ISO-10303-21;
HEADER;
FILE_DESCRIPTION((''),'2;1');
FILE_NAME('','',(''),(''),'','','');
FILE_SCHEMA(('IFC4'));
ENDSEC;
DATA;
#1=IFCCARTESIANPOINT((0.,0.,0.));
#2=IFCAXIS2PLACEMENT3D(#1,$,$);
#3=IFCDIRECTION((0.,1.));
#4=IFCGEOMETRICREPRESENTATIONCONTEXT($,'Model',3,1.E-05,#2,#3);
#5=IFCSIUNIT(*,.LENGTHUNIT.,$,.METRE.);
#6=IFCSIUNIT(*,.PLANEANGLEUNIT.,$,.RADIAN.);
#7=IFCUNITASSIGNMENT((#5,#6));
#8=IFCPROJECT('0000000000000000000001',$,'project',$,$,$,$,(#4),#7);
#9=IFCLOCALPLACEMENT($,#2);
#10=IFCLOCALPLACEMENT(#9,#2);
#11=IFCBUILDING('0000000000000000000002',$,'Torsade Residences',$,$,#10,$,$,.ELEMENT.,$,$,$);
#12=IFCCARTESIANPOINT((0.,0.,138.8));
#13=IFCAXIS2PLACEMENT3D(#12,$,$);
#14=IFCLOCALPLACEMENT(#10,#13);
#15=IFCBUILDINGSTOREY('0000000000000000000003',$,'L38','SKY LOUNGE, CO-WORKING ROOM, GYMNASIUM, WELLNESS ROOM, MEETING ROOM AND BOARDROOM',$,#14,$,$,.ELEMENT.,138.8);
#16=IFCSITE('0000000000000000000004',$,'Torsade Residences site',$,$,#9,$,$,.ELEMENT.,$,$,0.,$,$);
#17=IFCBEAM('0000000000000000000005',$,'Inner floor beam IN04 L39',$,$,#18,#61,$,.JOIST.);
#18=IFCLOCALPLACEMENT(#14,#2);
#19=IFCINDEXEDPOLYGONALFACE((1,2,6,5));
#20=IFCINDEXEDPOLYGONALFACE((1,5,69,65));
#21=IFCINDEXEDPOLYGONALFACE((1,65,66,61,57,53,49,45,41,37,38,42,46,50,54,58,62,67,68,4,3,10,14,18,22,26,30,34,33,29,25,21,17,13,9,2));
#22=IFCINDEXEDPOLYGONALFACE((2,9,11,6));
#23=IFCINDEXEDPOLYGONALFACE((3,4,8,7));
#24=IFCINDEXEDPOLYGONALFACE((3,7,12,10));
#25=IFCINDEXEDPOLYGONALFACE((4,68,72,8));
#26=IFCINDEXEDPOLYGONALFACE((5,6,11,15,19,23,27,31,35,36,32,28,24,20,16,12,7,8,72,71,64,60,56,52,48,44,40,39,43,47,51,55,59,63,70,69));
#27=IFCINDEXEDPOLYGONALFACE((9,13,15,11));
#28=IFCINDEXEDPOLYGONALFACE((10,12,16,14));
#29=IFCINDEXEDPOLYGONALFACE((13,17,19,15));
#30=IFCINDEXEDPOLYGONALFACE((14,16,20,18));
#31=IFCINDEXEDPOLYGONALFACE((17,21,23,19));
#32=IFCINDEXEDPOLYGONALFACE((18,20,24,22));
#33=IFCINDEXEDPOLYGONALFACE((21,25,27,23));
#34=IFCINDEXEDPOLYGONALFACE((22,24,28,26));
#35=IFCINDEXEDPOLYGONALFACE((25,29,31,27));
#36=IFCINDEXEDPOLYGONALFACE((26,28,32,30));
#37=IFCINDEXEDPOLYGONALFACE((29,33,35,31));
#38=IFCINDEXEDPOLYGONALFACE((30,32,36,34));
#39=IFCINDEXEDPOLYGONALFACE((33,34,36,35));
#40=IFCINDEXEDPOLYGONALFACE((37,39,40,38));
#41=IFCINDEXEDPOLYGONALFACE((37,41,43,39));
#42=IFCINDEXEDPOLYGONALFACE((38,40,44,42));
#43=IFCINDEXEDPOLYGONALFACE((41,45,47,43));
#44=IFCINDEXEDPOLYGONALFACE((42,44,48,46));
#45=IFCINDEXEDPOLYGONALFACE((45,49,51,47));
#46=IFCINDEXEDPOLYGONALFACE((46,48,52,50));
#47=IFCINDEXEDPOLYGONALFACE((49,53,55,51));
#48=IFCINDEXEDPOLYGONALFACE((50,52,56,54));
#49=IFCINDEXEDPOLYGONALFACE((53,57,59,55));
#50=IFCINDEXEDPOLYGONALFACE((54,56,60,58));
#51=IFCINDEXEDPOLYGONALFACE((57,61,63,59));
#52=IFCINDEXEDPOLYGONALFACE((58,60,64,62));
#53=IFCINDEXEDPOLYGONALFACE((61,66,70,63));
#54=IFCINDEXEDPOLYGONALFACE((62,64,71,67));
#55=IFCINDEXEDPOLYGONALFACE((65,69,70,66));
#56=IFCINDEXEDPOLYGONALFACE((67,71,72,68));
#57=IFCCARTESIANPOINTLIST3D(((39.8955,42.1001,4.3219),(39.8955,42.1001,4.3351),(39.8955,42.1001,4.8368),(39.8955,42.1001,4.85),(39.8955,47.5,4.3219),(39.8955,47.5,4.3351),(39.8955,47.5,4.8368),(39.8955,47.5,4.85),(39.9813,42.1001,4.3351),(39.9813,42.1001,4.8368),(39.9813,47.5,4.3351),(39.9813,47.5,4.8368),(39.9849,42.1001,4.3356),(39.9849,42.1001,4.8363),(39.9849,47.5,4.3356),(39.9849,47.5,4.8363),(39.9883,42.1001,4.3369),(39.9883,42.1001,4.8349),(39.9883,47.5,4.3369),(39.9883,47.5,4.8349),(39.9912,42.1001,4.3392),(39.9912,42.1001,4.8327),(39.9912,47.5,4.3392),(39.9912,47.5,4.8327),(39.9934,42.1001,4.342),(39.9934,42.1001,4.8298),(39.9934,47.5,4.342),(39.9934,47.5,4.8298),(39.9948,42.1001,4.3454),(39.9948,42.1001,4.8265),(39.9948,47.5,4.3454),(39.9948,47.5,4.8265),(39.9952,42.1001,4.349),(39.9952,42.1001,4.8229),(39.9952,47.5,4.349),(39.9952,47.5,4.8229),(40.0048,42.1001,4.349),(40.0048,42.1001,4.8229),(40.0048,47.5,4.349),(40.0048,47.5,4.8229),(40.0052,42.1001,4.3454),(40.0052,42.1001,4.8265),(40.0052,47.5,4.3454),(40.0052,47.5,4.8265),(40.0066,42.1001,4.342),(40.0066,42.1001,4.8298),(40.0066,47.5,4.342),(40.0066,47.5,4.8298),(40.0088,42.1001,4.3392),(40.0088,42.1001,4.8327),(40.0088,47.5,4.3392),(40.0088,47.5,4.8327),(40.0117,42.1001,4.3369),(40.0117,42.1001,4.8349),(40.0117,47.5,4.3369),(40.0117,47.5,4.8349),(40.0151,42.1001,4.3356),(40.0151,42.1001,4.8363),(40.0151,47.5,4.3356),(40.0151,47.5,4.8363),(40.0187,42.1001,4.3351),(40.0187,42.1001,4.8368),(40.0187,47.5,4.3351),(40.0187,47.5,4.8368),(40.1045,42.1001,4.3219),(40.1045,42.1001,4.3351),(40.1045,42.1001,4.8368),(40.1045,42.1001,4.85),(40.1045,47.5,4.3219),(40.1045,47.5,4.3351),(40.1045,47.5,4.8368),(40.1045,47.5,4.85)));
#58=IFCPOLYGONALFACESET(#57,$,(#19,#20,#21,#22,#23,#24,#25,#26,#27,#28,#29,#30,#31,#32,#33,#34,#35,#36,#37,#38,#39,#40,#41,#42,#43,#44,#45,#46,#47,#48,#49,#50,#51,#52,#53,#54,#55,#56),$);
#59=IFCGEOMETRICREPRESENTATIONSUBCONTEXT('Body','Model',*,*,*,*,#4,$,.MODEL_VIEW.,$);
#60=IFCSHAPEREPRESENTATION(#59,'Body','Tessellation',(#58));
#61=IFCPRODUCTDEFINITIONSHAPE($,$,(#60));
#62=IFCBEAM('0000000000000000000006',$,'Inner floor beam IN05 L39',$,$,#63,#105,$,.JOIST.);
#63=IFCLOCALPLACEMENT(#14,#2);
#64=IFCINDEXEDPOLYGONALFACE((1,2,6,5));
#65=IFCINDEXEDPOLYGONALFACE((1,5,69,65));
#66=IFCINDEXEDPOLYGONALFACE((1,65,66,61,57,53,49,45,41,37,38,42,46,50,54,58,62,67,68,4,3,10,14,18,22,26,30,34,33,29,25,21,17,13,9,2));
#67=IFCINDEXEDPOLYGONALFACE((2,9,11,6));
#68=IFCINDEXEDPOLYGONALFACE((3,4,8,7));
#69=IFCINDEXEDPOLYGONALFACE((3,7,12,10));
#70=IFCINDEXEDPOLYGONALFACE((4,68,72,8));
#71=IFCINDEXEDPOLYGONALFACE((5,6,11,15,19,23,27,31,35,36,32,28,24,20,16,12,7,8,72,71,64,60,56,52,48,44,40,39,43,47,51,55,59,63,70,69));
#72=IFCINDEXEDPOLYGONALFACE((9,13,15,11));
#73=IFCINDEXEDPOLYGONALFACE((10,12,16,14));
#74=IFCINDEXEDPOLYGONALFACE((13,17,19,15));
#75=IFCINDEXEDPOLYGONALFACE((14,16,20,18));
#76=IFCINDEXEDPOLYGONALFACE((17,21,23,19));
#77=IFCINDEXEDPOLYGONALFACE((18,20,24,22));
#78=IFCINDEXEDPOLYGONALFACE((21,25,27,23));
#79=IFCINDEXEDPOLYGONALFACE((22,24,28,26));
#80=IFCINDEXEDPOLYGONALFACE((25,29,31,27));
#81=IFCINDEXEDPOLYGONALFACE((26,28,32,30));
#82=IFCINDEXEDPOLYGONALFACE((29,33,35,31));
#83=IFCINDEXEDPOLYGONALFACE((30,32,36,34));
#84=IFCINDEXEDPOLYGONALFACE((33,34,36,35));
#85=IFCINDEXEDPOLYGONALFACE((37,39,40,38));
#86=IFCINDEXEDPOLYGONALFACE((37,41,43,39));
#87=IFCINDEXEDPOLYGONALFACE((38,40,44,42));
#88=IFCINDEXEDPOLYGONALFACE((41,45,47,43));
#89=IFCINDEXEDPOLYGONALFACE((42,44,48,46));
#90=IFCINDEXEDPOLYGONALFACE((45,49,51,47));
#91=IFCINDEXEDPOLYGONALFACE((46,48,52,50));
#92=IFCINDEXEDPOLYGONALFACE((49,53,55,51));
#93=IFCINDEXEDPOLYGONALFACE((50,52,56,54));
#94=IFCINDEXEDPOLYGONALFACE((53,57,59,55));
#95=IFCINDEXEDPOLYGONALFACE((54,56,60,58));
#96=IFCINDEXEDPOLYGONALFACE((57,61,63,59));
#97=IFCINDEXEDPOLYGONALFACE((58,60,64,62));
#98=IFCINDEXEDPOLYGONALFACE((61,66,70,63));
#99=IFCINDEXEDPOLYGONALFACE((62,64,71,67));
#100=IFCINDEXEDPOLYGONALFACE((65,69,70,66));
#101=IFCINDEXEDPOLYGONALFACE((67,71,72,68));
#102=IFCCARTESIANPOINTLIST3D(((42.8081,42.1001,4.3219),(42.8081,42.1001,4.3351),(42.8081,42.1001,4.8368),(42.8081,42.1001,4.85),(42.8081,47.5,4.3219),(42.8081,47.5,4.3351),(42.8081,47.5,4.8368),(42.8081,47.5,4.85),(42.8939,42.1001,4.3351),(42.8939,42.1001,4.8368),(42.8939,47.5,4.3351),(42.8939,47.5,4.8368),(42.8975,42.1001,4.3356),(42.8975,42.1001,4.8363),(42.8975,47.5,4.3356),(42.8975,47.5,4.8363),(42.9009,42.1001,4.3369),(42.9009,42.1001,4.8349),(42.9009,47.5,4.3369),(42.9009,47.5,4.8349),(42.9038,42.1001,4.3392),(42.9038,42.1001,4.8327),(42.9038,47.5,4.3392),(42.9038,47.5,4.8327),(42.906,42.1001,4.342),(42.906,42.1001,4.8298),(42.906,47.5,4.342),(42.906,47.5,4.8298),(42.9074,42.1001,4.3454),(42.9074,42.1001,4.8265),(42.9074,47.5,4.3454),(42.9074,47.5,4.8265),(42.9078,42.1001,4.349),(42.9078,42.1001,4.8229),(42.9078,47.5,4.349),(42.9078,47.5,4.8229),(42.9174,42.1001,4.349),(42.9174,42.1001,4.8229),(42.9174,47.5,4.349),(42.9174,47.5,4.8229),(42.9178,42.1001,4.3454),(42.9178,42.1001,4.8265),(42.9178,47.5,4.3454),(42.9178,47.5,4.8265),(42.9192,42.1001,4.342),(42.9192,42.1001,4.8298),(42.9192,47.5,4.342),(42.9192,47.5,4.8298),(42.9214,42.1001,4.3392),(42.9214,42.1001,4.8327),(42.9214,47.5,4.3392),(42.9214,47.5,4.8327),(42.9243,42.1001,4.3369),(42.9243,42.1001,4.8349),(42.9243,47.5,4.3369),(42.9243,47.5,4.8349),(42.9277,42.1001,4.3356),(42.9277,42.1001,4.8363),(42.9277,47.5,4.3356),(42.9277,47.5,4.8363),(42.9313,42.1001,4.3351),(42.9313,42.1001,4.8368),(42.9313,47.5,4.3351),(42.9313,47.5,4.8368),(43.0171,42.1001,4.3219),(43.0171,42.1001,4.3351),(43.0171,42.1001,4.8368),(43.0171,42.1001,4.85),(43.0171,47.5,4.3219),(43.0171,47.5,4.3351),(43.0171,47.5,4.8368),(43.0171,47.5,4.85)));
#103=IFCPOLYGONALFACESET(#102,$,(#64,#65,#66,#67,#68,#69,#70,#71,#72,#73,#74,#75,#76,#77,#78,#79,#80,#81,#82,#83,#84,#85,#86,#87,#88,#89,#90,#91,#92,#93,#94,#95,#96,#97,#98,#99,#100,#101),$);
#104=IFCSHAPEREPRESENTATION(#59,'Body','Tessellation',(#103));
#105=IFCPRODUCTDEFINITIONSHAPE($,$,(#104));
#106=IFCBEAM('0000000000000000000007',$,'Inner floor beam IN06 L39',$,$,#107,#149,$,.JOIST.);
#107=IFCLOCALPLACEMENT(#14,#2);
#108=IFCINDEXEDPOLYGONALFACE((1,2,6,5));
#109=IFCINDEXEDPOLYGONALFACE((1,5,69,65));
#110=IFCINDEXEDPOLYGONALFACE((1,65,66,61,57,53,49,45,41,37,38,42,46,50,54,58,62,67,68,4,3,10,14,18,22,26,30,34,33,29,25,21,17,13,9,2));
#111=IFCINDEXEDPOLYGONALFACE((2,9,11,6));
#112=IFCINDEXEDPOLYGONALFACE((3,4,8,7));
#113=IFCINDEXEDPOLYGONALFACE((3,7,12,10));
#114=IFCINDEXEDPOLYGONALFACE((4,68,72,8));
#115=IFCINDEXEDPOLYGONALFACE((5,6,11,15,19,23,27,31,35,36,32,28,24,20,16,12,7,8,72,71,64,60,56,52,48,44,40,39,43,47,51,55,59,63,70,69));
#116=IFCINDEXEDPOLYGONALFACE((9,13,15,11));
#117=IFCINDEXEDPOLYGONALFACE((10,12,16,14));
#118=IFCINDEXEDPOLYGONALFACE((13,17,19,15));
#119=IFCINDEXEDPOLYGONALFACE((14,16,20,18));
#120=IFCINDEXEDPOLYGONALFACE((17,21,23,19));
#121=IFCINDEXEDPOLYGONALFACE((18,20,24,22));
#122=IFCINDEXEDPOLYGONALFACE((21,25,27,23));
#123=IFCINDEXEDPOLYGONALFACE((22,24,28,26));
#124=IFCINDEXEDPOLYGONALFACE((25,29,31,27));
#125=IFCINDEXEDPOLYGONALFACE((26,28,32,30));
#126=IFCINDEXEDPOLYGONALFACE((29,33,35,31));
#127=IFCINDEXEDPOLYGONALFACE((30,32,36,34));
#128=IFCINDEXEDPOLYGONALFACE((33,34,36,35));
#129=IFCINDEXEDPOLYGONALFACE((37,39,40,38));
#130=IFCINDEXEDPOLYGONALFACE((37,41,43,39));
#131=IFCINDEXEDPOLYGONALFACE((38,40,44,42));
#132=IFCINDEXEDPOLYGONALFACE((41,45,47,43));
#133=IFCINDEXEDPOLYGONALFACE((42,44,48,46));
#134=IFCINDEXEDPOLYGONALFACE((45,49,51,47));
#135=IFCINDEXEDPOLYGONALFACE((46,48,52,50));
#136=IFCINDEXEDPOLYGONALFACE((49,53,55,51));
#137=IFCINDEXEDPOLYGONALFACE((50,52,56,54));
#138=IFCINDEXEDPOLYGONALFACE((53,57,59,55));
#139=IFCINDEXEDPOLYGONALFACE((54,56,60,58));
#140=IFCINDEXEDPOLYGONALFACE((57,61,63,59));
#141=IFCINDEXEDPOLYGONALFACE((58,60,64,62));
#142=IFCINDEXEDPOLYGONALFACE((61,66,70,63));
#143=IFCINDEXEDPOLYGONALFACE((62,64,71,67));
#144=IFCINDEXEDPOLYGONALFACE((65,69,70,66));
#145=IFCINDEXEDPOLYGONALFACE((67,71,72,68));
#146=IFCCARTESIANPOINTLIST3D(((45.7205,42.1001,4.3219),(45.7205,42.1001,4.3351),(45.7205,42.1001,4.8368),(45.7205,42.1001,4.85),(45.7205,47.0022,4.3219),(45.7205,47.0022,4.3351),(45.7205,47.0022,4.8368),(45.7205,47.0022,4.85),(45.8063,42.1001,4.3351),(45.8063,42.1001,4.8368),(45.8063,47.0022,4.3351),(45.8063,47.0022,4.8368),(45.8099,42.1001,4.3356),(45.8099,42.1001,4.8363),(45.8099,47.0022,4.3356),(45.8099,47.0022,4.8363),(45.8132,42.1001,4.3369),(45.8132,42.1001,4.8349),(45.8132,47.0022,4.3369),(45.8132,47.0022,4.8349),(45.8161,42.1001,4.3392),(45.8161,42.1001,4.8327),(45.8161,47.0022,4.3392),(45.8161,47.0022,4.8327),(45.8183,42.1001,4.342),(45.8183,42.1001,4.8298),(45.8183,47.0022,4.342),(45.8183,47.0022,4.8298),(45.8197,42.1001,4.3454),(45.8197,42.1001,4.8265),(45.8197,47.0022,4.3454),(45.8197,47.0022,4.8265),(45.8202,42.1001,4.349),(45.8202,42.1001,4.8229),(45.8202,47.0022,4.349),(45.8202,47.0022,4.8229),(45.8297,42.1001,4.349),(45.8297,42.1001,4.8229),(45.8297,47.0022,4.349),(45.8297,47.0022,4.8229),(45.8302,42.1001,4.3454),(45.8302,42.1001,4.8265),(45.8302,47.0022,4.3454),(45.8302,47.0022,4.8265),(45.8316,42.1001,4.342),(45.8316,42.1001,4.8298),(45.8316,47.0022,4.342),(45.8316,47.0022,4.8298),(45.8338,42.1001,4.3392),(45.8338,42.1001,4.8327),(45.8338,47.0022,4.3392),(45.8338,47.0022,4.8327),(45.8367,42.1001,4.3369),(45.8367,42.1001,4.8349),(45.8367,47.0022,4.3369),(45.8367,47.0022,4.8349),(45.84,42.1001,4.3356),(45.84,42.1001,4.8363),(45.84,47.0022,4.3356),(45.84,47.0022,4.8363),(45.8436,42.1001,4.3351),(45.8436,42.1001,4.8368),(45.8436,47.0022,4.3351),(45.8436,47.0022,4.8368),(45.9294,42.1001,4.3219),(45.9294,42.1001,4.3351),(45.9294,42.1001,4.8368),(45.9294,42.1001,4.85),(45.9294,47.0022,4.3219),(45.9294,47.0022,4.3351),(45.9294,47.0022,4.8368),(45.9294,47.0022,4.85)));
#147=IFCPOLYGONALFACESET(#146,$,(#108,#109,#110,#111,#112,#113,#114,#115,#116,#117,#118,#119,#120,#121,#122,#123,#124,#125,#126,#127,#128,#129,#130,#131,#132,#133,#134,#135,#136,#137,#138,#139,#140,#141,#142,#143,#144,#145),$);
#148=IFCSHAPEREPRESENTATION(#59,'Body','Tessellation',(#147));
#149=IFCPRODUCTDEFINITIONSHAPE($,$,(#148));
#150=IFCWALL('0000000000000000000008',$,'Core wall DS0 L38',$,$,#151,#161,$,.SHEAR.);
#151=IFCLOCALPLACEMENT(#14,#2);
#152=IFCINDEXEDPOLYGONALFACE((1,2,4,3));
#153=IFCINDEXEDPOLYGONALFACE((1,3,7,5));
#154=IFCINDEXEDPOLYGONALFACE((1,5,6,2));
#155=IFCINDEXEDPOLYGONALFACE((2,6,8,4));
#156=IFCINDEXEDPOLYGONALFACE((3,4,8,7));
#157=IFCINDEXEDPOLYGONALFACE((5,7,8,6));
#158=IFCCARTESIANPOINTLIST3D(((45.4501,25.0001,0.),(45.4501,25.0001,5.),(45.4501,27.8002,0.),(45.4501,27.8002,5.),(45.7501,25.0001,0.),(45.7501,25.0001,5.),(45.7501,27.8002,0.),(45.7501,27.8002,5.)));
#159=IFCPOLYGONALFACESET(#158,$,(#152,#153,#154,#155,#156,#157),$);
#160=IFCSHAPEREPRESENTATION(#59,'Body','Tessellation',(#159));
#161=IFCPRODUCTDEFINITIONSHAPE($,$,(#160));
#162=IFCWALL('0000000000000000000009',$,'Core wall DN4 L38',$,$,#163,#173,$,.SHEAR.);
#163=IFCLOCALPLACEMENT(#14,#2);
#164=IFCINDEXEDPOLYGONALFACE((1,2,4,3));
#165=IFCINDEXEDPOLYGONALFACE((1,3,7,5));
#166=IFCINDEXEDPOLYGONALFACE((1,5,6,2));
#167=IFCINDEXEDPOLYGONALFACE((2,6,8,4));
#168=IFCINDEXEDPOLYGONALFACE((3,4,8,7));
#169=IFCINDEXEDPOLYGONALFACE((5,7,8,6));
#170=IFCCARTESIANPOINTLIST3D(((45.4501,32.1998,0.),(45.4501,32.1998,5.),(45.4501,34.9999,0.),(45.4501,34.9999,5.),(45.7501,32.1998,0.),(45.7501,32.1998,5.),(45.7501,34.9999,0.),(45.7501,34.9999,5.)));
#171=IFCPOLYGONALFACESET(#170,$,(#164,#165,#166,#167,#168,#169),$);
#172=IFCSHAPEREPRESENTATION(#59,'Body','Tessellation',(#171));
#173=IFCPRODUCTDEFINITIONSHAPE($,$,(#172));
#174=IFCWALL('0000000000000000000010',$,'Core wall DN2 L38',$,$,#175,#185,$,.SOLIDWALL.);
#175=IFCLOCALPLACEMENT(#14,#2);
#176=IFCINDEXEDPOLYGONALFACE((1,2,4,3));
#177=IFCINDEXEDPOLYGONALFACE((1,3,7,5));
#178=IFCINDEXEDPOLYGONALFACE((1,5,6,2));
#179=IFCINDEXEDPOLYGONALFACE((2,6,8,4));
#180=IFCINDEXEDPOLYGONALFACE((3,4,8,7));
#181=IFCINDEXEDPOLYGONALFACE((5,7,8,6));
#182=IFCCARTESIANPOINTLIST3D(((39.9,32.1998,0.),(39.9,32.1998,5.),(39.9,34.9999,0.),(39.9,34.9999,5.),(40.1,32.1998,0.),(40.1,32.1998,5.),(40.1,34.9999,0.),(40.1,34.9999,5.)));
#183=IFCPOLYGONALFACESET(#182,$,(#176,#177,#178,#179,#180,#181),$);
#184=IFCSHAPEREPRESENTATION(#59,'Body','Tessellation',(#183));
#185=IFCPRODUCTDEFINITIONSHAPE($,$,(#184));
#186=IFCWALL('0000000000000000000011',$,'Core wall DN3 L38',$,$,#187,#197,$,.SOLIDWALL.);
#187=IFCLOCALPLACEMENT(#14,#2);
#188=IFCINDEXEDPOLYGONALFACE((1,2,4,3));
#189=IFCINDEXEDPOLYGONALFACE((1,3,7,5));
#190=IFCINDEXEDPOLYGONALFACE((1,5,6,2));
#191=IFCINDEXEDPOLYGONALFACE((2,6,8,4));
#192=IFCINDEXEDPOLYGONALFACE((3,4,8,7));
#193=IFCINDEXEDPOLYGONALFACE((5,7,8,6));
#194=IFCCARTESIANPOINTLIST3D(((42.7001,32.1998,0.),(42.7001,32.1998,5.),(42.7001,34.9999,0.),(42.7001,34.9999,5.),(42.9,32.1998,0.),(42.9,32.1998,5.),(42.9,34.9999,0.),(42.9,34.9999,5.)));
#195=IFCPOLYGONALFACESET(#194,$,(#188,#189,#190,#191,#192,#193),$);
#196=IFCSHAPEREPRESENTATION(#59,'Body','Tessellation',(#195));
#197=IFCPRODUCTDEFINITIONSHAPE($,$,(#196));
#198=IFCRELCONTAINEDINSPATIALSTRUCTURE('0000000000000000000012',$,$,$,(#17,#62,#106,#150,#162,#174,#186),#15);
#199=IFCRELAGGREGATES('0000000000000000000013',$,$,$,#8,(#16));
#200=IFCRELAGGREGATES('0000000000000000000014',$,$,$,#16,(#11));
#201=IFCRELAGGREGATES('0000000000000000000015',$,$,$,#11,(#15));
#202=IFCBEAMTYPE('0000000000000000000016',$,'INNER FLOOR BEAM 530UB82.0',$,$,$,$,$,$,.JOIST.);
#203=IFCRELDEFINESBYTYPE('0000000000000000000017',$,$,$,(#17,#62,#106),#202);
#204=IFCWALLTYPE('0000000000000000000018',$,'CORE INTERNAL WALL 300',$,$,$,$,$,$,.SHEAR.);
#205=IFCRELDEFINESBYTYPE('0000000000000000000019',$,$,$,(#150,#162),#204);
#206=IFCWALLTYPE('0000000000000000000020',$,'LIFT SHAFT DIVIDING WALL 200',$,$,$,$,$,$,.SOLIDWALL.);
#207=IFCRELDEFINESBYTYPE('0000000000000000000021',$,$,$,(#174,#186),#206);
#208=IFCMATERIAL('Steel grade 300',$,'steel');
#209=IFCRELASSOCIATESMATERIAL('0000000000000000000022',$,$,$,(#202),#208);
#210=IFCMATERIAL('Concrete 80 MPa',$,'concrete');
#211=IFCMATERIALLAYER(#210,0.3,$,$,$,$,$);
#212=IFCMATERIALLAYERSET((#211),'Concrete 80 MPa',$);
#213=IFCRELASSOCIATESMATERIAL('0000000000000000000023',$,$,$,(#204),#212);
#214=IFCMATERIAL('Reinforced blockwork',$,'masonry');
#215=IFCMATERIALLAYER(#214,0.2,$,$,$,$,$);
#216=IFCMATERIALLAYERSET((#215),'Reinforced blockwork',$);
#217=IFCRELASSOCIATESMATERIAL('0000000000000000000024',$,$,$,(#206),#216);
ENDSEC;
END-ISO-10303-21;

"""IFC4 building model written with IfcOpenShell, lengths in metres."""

from ifc_helpers import new_model, si_unit, direction, frame, frame_2d, origin, origin_2d, place, context, subcontext, project, spatial, rectangle, i_section, extrude, material, layer, layer_set, material_profile, profile_set, type_object, element, save


model = new_model("IFC4")

# Units and contexts
model_context = context("Model", 3, precision=1e-05, world=origin(), true_north=direction((0.0, 1.0)))
body_context = subcontext(model_context, "Body", "Model", "MODEL_VIEW")
ifc_project = project(units=[si_unit("LENGTHUNIT", "METRE"), si_unit("PLANEANGLEUNIT", "RADIAN")], contexts=[model_context])

# Site, building, storey
site_placement = place(None, origin())
site = spatial("IfcSite", under=ifc_project, at=site_placement, Name="Torsade Residences site", CompositionType="ELEMENT", RefElevation=0.0)
building_placement = place(site_placement, origin())
building = spatial("IfcBuilding", under=site, at=building_placement, Name="Torsade Residences", CompositionType="ELEMENT")
storey_placement = place(building_placement, frame((0.0, 0.0, 138.8)))
storey = spatial("IfcBuildingStorey", under=building, at=storey_placement, Name="L38", Description="SKY LOUNGE, CO-WORKING ROOM, GYMNASIUM, WELLNESS ROOM, MEETING ROOM AND BOARDROOM", CompositionType="ELEMENT", Elevation=138.8)

# Beams
ifc_material_1 = material(Name="Steel grade 300", Category="steel")
ifc_material_profile = material_profile(ifc_material_1, i_section(OverallWidth=0.209, OverallDepth=0.5281, WebThickness=0.0095, FlangeThickness=0.0132, FilletRadius=0.0139, at=origin_2d()), Name="530UB82.0")
ifc_profile_set = profile_set([ifc_material_profile], Name="Steel grade 300")
beam_type = type_object("IfcBeamType", Name="INNER FLOOR BEAM 530UB82.0", PredefinedType="JOIST", material=ifc_profile_set)
for number, where, z_axis, x_axis, name in (
    (1, (40.0, 42.1001, 4.5859), (0.0, 1.0, 0.0), (-1.0, 0.0, 0.0), "Inner floor beam IN04 L39"),
    (2, (42.9126, 42.1001, 4.5859), (0.0, 1.0, 0.0), (-1.0, 0.0, 0.0), "Inner floor beam IN05 L39"),
):
    element("IfcBeam", number, at=place(storey_placement, frame(where, z_axis=z_axis, x_axis=x_axis)), inside=storey, type_object=beam_type, Name=name, PredefinedType="JOIST", context=body_context, shape_type="SweptSolid", body=[
        extrude(i_section(OverallWidth=0.209, OverallDepth=0.5281, WebThickness=0.0095, FlangeThickness=0.0132, FilletRadius=0.0139, at=origin_2d()), origin(), (0.0, 0.0, 1.0), 5.3999),
    ])
beam_placement = place(storey_placement, frame((45.825, 42.1001, 4.5859), z_axis=(0.0, 1.0, 0.0), x_axis=(-1.0, 0.0, 0.0)))
element("IfcBeam", 3, at=beam_placement, inside=storey, type_object=beam_type, Name="Inner floor beam IN06 L39", PredefinedType="JOIST", context=body_context, shape_type="SweptSolid", body=[
    extrude(i_section(OverallWidth=0.209, OverallDepth=0.5281, WebThickness=0.0095, FlangeThickness=0.0132, FilletRadius=0.0139, at=origin_2d()), origin(), (0.0, 0.0, 1.0), 4.9021),
])

# Walls
ifc_material_2 = material(Name="Concrete 80 MPa", Category="concrete")
ifc_layer_1 = layer(ifc_material_2, 0.3)
ifc_layer_set_1 = layer_set([ifc_layer_1], Name="Concrete 80 MPa")
wall_type_1 = type_object("IfcWallType", Name="CORE INTERNAL WALL 300", PredefinedType="SHEAR", material=ifc_layer_set_1)
for number, where, z_axis, x_axis, name in (
    (4, (45.6001, 27.8, 0.0), (0.0, 0.0, 1.0), (0.0, -1.0, 0.0), "Core wall DS0 L38"),
    (5, (45.6001, 32.2, 0.0), (0.0, 0.0, 1.0), (0.0, 1.0, 0.0), "Core wall DN4 L38"),
):
    element("IfcWall", number, at=place(storey_placement, frame(where, z_axis=z_axis, x_axis=x_axis)), inside=storey, type_object=wall_type_1, Name=name, PredefinedType="SHEAR", context=body_context, shape_type="SweptSolid", body=[
        extrude(rectangle(XDim=2.8, YDim=0.3, at=frame_2d((1.3999, 0.0))), origin(), (0.0, 0.0, 1.0), 5.0),
    ])
ifc_material_3 = material(Name="Reinforced blockwork", Category="masonry")
ifc_layer_2 = layer(ifc_material_3, 0.2)
ifc_layer_set_2 = layer_set([ifc_layer_2], Name="Reinforced blockwork")
wall_type_2 = type_object("IfcWallType", Name="LIFT SHAFT DIVIDING WALL 200", PredefinedType="SOLIDWALL", material=ifc_layer_set_2)
for number, where, z_axis, x_axis, name in (
    (6, (40.0, 32.2, 0.0), (0.0, 0.0, 1.0), (0.0, 1.0, 0.0), "Core wall DN2 L38"),
    (7, (42.8, 32.2, 0.0), (0.0, 0.0, 1.0), (0.0, 1.0, 0.0), "Core wall DN3 L38"),
):
    element("IfcWall", number, at=place(storey_placement, frame(where, z_axis=z_axis, x_axis=x_axis)), inside=storey, type_object=wall_type_2, Name=name, PredefinedType="SOLIDWALL", context=body_context, shape_type="SweptSolid", body=[
        extrude(rectangle(XDim=2.8, YDim=0.2, at=frame_2d((1.3999, 0.0))), origin(), (0.0, 0.0, 1.0), 5.0),
    ])

save(model, "model.ifc")
